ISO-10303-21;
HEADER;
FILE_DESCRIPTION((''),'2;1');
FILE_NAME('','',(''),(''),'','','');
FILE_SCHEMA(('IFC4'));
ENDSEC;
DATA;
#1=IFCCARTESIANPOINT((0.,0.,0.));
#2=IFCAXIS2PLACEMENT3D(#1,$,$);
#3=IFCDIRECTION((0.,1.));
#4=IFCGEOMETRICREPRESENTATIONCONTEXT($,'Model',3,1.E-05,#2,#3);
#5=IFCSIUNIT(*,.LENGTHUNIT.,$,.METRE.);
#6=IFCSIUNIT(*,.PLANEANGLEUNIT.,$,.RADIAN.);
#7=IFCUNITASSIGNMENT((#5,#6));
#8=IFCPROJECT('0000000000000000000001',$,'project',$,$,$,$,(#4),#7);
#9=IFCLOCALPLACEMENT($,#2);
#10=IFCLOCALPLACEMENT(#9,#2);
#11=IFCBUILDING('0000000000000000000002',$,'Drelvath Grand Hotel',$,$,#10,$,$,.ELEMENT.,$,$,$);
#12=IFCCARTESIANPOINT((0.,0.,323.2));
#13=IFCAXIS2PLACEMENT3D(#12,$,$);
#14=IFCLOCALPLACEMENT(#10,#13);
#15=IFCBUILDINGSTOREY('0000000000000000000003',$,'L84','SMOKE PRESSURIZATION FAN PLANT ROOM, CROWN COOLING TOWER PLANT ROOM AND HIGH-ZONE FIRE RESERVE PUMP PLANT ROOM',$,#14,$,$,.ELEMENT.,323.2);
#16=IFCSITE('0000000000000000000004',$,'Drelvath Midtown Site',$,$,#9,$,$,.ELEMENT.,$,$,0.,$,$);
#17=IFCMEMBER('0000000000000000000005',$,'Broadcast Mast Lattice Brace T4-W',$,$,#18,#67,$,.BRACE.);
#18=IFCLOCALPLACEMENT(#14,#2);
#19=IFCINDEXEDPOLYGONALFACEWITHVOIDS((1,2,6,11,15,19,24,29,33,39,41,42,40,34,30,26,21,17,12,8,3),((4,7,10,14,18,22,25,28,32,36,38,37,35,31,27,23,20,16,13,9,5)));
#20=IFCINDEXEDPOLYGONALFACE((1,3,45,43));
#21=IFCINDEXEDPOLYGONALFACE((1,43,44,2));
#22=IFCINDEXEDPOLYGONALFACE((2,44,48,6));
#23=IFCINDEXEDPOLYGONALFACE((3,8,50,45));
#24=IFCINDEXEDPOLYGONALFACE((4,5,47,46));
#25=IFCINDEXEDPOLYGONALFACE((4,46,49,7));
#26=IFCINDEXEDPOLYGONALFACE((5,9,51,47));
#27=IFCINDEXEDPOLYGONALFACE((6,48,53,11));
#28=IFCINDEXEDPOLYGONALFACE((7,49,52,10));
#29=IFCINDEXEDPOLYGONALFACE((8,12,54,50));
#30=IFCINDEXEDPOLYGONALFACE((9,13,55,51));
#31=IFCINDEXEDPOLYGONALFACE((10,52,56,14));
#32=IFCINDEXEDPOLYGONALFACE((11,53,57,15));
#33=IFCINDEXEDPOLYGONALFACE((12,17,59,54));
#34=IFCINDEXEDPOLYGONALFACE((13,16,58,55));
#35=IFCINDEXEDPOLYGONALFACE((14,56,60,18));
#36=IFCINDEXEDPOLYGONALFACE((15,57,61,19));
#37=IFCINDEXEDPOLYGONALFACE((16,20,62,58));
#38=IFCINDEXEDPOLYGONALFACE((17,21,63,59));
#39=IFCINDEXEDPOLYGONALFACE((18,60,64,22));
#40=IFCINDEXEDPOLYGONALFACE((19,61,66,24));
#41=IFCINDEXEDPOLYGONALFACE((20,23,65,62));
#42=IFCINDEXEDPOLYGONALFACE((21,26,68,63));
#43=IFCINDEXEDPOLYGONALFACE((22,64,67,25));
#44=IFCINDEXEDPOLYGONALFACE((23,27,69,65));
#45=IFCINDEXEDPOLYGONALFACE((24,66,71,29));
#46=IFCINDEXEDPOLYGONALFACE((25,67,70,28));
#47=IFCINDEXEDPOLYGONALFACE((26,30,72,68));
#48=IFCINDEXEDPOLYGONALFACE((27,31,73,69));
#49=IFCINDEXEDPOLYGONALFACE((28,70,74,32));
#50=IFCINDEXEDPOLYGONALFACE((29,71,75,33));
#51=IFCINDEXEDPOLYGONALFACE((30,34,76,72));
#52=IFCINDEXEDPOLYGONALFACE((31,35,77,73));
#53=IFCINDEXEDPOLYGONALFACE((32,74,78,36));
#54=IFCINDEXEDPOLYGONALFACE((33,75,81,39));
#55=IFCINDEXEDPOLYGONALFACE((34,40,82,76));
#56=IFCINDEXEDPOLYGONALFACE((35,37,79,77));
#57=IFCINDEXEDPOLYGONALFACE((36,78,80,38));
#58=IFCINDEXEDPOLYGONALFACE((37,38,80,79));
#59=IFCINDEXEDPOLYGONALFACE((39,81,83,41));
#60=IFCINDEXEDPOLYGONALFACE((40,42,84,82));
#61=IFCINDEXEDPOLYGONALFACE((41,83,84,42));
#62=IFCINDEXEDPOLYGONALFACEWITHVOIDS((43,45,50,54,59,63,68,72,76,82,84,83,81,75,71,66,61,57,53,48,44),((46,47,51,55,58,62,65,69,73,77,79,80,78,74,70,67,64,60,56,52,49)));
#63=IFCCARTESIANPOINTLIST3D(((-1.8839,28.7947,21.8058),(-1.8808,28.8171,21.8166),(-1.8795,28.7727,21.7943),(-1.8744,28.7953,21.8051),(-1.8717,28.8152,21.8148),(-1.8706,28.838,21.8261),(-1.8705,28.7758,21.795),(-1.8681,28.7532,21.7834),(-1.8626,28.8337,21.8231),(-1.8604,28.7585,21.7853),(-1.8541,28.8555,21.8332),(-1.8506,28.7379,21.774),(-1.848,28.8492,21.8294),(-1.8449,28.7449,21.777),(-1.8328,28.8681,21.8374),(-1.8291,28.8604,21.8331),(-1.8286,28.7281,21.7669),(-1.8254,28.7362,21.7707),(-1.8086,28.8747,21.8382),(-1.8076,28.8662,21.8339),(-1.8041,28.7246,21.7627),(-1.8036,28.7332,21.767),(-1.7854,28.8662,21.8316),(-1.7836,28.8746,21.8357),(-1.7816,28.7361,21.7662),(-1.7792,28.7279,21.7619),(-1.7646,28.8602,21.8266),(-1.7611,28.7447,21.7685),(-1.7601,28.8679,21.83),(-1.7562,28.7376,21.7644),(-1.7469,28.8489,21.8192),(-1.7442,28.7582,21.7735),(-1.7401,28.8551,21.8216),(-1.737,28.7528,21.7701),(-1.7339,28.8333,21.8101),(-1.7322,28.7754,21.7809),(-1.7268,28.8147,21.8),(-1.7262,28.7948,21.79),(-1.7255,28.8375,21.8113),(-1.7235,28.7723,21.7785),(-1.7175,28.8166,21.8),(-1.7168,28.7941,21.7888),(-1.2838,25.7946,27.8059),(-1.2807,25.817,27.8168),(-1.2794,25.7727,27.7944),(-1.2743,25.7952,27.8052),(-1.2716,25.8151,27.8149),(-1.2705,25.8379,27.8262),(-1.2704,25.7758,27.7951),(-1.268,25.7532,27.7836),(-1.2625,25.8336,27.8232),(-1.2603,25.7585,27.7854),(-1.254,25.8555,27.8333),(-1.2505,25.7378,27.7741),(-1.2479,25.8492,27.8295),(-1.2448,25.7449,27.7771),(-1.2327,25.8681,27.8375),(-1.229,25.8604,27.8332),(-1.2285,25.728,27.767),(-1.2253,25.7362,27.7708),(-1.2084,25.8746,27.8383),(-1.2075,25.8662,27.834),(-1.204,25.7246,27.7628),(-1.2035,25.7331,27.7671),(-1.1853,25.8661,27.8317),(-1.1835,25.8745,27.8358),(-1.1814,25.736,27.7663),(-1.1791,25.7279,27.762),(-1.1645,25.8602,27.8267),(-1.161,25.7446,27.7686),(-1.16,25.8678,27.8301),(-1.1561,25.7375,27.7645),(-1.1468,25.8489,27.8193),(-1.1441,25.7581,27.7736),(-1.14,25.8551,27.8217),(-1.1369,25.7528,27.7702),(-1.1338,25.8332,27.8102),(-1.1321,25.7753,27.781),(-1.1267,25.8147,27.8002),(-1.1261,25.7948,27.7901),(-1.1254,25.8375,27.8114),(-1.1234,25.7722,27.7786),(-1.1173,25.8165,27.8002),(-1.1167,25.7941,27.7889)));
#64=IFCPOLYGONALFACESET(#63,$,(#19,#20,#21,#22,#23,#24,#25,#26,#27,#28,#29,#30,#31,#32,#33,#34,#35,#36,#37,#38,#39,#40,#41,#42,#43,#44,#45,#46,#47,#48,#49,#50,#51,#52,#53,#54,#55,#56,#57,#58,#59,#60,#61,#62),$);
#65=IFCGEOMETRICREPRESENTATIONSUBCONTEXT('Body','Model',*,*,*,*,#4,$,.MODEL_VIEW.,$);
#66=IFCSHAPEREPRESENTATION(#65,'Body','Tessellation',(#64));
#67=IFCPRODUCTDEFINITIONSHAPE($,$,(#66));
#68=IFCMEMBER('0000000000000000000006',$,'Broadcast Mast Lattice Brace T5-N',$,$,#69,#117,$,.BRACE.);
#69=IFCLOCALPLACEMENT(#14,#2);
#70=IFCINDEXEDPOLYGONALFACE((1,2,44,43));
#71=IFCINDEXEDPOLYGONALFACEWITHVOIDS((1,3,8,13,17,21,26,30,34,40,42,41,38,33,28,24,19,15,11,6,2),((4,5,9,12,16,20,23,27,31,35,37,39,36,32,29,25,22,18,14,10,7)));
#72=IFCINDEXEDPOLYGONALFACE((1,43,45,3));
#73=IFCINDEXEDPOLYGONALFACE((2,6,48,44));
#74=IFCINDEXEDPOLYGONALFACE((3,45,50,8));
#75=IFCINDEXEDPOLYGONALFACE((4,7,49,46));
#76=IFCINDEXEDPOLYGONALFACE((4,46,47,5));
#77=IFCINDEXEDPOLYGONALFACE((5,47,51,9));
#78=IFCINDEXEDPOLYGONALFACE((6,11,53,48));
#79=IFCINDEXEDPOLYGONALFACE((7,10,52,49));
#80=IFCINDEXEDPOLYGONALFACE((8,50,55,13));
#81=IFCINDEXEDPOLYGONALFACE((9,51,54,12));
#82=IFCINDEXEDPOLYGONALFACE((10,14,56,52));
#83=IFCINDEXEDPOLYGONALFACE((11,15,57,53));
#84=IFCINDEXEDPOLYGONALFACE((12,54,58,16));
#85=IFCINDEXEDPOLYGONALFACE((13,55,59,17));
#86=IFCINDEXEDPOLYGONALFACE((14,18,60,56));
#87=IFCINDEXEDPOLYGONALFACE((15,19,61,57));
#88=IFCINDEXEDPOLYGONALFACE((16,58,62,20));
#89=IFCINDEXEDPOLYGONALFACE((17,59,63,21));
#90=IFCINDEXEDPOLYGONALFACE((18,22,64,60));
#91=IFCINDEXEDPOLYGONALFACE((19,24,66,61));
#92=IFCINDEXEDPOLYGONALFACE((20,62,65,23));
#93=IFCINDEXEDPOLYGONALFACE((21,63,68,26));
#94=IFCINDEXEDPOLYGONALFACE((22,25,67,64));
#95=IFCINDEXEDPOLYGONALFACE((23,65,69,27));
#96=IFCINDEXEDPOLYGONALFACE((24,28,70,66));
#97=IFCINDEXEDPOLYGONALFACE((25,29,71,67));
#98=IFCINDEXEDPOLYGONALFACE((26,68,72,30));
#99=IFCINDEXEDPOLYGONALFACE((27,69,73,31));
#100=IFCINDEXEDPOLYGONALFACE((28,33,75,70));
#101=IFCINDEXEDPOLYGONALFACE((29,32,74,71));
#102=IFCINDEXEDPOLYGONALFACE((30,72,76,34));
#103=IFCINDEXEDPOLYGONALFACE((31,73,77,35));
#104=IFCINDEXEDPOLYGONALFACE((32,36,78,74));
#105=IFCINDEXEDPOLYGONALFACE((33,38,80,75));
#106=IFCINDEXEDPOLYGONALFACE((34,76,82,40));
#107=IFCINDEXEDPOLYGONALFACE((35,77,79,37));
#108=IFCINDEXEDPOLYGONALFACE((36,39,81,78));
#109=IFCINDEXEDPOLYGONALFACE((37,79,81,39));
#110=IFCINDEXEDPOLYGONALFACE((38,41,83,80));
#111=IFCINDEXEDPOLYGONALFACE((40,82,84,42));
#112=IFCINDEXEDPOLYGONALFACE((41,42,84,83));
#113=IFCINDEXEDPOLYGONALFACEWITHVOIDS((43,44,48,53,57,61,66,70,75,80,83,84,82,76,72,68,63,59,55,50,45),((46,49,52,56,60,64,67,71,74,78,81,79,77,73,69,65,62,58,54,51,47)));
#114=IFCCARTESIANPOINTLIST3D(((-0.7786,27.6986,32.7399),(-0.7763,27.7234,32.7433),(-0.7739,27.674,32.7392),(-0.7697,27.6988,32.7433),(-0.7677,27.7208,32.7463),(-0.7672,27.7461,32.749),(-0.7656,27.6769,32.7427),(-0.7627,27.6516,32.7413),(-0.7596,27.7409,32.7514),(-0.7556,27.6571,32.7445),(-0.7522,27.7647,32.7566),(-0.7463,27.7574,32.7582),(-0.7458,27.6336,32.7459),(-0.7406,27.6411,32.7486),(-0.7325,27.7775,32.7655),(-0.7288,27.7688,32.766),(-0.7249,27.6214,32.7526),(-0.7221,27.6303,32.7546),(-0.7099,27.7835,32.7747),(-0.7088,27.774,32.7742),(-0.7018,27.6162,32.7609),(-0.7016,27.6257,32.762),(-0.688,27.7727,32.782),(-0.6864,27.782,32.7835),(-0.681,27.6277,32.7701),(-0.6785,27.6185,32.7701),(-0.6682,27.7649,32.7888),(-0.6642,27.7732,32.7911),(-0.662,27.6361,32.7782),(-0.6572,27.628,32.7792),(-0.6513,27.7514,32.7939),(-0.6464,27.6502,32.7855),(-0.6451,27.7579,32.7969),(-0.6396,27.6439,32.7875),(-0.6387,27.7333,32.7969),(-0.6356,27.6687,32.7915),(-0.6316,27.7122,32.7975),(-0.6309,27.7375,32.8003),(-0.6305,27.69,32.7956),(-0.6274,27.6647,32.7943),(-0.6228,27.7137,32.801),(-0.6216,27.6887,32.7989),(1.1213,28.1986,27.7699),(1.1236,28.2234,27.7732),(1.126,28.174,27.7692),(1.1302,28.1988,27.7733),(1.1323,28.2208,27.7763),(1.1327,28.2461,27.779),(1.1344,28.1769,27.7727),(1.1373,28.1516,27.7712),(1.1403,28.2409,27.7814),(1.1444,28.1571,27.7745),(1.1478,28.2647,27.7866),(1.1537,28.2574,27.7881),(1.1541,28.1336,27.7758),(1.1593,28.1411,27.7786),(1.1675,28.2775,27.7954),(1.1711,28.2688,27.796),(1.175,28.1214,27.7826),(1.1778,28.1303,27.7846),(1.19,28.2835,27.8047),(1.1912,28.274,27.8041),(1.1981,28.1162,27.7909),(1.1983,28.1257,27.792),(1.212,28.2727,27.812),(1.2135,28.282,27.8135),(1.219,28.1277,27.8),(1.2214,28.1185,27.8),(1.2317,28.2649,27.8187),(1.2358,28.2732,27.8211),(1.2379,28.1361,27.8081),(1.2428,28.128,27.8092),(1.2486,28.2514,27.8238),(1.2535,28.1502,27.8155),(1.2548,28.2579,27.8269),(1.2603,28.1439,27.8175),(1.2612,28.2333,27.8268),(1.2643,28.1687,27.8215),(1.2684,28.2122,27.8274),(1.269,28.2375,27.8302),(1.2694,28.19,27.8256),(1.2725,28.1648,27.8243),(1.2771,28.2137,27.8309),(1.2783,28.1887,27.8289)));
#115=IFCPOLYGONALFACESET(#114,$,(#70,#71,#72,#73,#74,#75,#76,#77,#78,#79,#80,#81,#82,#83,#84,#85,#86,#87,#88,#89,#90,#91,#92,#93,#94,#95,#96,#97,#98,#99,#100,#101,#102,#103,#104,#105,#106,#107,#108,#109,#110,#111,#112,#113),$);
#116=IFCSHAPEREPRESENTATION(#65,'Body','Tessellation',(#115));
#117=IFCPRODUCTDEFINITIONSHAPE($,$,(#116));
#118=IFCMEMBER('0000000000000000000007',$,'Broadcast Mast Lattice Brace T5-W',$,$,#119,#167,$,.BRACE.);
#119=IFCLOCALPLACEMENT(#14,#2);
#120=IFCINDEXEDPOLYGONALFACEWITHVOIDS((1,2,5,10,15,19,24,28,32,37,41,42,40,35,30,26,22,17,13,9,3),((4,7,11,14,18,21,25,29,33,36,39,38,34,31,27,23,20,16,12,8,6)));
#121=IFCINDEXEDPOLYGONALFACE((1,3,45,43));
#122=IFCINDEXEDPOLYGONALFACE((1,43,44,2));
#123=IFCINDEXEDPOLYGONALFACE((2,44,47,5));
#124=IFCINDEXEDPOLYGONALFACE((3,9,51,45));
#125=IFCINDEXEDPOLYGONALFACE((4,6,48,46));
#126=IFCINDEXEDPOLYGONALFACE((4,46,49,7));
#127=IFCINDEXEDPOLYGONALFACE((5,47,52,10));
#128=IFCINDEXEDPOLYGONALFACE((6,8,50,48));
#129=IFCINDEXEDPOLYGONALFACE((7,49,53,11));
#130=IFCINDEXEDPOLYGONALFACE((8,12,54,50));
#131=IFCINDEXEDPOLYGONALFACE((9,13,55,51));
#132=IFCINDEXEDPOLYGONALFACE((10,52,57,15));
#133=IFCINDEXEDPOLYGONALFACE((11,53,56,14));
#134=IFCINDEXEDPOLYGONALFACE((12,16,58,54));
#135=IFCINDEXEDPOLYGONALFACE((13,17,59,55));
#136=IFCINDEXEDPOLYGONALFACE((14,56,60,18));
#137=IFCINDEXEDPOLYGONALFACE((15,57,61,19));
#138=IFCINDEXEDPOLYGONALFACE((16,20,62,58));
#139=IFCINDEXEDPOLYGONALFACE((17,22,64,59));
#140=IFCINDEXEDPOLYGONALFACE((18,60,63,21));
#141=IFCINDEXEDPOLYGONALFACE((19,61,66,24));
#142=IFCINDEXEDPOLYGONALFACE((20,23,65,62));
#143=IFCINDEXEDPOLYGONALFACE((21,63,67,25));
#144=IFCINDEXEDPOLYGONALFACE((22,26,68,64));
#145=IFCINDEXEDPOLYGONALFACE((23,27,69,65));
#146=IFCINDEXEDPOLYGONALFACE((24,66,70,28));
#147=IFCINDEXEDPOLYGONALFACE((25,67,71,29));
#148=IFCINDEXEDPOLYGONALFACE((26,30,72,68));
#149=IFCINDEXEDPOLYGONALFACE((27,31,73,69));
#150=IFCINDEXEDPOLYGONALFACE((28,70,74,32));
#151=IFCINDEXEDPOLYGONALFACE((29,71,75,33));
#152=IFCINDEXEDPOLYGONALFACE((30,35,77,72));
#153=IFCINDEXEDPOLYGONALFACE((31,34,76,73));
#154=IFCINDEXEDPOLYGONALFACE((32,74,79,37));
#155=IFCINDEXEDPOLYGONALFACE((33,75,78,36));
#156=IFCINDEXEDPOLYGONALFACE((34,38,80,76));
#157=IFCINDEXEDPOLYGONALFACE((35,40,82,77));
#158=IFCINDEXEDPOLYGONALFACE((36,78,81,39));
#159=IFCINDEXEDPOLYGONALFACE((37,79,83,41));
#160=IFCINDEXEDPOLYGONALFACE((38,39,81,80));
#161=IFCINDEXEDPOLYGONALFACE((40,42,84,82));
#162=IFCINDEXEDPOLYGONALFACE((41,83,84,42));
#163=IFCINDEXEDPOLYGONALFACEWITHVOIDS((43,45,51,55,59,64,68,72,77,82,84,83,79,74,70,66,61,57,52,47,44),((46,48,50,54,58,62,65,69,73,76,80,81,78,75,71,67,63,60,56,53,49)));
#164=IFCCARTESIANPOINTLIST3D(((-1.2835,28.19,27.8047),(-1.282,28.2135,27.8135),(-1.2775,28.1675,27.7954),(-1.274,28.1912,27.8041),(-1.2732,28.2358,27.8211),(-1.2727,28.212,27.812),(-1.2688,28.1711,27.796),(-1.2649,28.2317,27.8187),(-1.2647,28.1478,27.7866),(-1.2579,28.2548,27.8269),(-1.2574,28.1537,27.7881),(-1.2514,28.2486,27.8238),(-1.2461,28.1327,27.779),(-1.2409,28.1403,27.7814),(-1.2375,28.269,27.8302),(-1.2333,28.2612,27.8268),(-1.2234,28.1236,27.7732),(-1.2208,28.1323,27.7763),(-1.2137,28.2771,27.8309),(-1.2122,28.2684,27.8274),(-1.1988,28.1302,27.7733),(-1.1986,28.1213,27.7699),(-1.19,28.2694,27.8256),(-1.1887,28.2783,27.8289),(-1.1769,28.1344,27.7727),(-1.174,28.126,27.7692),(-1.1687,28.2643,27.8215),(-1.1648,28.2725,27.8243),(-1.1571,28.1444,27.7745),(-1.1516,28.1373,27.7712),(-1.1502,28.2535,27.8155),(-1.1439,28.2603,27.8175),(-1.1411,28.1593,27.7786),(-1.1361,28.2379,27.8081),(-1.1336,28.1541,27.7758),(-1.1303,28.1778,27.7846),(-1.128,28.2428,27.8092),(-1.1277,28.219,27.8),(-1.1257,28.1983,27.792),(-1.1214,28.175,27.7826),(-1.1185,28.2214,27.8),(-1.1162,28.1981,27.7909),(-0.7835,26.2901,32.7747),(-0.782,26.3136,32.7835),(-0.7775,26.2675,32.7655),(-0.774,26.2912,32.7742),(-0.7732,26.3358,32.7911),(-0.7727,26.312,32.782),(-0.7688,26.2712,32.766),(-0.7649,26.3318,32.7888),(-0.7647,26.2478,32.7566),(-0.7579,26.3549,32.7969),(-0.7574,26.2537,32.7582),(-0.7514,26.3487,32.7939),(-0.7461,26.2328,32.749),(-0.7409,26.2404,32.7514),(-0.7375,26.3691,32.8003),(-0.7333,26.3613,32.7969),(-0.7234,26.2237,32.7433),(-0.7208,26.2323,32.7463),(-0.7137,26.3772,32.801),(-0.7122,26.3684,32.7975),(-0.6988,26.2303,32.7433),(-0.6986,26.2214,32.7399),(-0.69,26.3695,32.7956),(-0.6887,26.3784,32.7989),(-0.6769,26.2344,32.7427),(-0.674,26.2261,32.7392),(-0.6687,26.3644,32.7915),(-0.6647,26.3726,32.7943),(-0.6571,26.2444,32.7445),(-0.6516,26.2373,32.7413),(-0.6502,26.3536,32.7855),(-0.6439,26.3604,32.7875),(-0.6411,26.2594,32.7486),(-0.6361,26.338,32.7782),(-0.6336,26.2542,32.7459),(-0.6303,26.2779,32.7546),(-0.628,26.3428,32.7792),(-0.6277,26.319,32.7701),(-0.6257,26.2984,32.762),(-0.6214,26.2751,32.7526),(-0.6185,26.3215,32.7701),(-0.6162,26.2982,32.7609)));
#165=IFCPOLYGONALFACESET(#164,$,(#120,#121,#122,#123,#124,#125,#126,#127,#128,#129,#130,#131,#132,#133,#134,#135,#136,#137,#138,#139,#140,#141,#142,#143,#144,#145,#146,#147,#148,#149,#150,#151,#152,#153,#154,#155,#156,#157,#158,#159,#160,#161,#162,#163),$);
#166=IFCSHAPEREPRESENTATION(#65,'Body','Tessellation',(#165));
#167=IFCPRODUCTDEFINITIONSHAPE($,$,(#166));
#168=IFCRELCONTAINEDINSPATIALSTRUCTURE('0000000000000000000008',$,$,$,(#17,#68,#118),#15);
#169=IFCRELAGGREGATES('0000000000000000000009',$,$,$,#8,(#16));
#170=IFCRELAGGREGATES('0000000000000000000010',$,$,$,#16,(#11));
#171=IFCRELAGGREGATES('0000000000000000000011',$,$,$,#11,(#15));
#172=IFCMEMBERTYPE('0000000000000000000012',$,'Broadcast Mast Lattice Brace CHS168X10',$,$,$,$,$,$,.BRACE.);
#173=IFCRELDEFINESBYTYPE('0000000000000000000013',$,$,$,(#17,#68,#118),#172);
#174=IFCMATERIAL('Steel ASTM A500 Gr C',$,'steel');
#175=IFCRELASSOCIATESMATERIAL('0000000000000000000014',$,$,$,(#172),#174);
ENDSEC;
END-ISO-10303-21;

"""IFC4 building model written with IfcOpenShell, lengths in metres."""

from ifc_helpers import new_model, si_unit, direction, frame, origin, origin_2d, place, context, subcontext, project, spatial, hollow_circle, extrude, material, material_profile, profile_set, type_object, element, save


model = new_model("IFC4")

# Units and contexts
model_context = context("Model", 3, precision=1e-05, world=origin(), true_north=direction((0.0, 1.0)))
body_context = subcontext(model_context, "Body", "Model", "MODEL_VIEW")
ifc_project = project(units=[si_unit("LENGTHUNIT", "METRE"), si_unit("PLANEANGLEUNIT", "RADIAN")], contexts=[model_context])

# Site, building, storey
site_placement = place(None, origin())
site = spatial("IfcSite", under=ifc_project, at=site_placement, Name="Drelvath Midtown Site", CompositionType="ELEMENT", RefElevation=0.0)
building_placement = place(site_placement, origin())
building = spatial("IfcBuilding", under=site, at=building_placement, Name="Drelvath Grand Hotel", CompositionType="ELEMENT")
storey_placement = place(building_placement, frame((0.0, 0.0, 323.2)))
storey = spatial("IfcBuildingStorey", under=building, at=storey_placement, Name="L84", Description="SMOKE PRESSURIZATION FAN PLANT ROOM, CROWN COOLING TOWER PLANT ROOM AND HIGH-ZONE FIRE RESERVE PUMP PLANT ROOM", CompositionType="ELEMENT", Elevation=323.2)

# Members
ifc_material_1 = material(Name="Steel ASTM A500 Gr C", Category="steel")
ifc_material_profile_1 = material_profile(ifc_material_1, hollow_circle(Radius=0.0842, WallThickness=0.0095, at=origin_2d()), Name="CHS168X10")
ifc_profile_set_1 = profile_set([ifc_material_profile_1], Name="Steel ASTM A500 Gr C")
member_type_1 = type_object("IfcMemberType", Name="Broadcast Mast Lattice Brace CHS168X10", PredefinedType="BRACE", material=ifc_profile_set_1)
for number, where, z_axis, x_axis, name in (
    (1, (-1.8, 28.8, 21.8), (0.089101, -0.445435, 0.89087), (0.980575, 0.196147, 0.0), "Broadcast Mast Lattice Brace T4-W"),
):
    element("IfcMember", number, at=place(storey_placement, frame(where, z_axis=z_axis, x_axis=x_axis)), inside=storey, type_object=member_type_1, Name=name, PredefinedType="BRACE", context=body_context, shape_type="SweptSolid", body=[
        extrude(hollow_circle(Radius=0.0842, WallThickness=0.0095, at=origin_2d()), origin(), (0.0, 0.0, 1.0), 6.7351),
    ])
for number, where, z_axis, x_axis, name in (
    (2, (1.2, 28.2, 27.8), (-0.355509, -0.09356, 0.929979), (0.254506, -0.967071, 0.0), "Broadcast Mast Lattice Brace T5-N"),
    (3, (-1.2, 28.2, 27.8), (0.09356, -0.355509, 0.929979), (0.967071, 0.254506, 0.0), "Broadcast Mast Lattice Brace T5-W"),
):
    element("IfcMember", number, at=place(storey_placement, frame(where, z_axis=z_axis, x_axis=x_axis)), inside=storey, type_object=member_type_1, Name=name, PredefinedType="BRACE", context=body_context, shape_type="SweptSolid", body=[
        extrude(hollow_circle(Radius=0.0842, WallThickness=0.0095, at=origin_2d()), origin(), (0.0, 0.0, 1.0), 5.3442),
    ])

save(model, "model.ifc")
